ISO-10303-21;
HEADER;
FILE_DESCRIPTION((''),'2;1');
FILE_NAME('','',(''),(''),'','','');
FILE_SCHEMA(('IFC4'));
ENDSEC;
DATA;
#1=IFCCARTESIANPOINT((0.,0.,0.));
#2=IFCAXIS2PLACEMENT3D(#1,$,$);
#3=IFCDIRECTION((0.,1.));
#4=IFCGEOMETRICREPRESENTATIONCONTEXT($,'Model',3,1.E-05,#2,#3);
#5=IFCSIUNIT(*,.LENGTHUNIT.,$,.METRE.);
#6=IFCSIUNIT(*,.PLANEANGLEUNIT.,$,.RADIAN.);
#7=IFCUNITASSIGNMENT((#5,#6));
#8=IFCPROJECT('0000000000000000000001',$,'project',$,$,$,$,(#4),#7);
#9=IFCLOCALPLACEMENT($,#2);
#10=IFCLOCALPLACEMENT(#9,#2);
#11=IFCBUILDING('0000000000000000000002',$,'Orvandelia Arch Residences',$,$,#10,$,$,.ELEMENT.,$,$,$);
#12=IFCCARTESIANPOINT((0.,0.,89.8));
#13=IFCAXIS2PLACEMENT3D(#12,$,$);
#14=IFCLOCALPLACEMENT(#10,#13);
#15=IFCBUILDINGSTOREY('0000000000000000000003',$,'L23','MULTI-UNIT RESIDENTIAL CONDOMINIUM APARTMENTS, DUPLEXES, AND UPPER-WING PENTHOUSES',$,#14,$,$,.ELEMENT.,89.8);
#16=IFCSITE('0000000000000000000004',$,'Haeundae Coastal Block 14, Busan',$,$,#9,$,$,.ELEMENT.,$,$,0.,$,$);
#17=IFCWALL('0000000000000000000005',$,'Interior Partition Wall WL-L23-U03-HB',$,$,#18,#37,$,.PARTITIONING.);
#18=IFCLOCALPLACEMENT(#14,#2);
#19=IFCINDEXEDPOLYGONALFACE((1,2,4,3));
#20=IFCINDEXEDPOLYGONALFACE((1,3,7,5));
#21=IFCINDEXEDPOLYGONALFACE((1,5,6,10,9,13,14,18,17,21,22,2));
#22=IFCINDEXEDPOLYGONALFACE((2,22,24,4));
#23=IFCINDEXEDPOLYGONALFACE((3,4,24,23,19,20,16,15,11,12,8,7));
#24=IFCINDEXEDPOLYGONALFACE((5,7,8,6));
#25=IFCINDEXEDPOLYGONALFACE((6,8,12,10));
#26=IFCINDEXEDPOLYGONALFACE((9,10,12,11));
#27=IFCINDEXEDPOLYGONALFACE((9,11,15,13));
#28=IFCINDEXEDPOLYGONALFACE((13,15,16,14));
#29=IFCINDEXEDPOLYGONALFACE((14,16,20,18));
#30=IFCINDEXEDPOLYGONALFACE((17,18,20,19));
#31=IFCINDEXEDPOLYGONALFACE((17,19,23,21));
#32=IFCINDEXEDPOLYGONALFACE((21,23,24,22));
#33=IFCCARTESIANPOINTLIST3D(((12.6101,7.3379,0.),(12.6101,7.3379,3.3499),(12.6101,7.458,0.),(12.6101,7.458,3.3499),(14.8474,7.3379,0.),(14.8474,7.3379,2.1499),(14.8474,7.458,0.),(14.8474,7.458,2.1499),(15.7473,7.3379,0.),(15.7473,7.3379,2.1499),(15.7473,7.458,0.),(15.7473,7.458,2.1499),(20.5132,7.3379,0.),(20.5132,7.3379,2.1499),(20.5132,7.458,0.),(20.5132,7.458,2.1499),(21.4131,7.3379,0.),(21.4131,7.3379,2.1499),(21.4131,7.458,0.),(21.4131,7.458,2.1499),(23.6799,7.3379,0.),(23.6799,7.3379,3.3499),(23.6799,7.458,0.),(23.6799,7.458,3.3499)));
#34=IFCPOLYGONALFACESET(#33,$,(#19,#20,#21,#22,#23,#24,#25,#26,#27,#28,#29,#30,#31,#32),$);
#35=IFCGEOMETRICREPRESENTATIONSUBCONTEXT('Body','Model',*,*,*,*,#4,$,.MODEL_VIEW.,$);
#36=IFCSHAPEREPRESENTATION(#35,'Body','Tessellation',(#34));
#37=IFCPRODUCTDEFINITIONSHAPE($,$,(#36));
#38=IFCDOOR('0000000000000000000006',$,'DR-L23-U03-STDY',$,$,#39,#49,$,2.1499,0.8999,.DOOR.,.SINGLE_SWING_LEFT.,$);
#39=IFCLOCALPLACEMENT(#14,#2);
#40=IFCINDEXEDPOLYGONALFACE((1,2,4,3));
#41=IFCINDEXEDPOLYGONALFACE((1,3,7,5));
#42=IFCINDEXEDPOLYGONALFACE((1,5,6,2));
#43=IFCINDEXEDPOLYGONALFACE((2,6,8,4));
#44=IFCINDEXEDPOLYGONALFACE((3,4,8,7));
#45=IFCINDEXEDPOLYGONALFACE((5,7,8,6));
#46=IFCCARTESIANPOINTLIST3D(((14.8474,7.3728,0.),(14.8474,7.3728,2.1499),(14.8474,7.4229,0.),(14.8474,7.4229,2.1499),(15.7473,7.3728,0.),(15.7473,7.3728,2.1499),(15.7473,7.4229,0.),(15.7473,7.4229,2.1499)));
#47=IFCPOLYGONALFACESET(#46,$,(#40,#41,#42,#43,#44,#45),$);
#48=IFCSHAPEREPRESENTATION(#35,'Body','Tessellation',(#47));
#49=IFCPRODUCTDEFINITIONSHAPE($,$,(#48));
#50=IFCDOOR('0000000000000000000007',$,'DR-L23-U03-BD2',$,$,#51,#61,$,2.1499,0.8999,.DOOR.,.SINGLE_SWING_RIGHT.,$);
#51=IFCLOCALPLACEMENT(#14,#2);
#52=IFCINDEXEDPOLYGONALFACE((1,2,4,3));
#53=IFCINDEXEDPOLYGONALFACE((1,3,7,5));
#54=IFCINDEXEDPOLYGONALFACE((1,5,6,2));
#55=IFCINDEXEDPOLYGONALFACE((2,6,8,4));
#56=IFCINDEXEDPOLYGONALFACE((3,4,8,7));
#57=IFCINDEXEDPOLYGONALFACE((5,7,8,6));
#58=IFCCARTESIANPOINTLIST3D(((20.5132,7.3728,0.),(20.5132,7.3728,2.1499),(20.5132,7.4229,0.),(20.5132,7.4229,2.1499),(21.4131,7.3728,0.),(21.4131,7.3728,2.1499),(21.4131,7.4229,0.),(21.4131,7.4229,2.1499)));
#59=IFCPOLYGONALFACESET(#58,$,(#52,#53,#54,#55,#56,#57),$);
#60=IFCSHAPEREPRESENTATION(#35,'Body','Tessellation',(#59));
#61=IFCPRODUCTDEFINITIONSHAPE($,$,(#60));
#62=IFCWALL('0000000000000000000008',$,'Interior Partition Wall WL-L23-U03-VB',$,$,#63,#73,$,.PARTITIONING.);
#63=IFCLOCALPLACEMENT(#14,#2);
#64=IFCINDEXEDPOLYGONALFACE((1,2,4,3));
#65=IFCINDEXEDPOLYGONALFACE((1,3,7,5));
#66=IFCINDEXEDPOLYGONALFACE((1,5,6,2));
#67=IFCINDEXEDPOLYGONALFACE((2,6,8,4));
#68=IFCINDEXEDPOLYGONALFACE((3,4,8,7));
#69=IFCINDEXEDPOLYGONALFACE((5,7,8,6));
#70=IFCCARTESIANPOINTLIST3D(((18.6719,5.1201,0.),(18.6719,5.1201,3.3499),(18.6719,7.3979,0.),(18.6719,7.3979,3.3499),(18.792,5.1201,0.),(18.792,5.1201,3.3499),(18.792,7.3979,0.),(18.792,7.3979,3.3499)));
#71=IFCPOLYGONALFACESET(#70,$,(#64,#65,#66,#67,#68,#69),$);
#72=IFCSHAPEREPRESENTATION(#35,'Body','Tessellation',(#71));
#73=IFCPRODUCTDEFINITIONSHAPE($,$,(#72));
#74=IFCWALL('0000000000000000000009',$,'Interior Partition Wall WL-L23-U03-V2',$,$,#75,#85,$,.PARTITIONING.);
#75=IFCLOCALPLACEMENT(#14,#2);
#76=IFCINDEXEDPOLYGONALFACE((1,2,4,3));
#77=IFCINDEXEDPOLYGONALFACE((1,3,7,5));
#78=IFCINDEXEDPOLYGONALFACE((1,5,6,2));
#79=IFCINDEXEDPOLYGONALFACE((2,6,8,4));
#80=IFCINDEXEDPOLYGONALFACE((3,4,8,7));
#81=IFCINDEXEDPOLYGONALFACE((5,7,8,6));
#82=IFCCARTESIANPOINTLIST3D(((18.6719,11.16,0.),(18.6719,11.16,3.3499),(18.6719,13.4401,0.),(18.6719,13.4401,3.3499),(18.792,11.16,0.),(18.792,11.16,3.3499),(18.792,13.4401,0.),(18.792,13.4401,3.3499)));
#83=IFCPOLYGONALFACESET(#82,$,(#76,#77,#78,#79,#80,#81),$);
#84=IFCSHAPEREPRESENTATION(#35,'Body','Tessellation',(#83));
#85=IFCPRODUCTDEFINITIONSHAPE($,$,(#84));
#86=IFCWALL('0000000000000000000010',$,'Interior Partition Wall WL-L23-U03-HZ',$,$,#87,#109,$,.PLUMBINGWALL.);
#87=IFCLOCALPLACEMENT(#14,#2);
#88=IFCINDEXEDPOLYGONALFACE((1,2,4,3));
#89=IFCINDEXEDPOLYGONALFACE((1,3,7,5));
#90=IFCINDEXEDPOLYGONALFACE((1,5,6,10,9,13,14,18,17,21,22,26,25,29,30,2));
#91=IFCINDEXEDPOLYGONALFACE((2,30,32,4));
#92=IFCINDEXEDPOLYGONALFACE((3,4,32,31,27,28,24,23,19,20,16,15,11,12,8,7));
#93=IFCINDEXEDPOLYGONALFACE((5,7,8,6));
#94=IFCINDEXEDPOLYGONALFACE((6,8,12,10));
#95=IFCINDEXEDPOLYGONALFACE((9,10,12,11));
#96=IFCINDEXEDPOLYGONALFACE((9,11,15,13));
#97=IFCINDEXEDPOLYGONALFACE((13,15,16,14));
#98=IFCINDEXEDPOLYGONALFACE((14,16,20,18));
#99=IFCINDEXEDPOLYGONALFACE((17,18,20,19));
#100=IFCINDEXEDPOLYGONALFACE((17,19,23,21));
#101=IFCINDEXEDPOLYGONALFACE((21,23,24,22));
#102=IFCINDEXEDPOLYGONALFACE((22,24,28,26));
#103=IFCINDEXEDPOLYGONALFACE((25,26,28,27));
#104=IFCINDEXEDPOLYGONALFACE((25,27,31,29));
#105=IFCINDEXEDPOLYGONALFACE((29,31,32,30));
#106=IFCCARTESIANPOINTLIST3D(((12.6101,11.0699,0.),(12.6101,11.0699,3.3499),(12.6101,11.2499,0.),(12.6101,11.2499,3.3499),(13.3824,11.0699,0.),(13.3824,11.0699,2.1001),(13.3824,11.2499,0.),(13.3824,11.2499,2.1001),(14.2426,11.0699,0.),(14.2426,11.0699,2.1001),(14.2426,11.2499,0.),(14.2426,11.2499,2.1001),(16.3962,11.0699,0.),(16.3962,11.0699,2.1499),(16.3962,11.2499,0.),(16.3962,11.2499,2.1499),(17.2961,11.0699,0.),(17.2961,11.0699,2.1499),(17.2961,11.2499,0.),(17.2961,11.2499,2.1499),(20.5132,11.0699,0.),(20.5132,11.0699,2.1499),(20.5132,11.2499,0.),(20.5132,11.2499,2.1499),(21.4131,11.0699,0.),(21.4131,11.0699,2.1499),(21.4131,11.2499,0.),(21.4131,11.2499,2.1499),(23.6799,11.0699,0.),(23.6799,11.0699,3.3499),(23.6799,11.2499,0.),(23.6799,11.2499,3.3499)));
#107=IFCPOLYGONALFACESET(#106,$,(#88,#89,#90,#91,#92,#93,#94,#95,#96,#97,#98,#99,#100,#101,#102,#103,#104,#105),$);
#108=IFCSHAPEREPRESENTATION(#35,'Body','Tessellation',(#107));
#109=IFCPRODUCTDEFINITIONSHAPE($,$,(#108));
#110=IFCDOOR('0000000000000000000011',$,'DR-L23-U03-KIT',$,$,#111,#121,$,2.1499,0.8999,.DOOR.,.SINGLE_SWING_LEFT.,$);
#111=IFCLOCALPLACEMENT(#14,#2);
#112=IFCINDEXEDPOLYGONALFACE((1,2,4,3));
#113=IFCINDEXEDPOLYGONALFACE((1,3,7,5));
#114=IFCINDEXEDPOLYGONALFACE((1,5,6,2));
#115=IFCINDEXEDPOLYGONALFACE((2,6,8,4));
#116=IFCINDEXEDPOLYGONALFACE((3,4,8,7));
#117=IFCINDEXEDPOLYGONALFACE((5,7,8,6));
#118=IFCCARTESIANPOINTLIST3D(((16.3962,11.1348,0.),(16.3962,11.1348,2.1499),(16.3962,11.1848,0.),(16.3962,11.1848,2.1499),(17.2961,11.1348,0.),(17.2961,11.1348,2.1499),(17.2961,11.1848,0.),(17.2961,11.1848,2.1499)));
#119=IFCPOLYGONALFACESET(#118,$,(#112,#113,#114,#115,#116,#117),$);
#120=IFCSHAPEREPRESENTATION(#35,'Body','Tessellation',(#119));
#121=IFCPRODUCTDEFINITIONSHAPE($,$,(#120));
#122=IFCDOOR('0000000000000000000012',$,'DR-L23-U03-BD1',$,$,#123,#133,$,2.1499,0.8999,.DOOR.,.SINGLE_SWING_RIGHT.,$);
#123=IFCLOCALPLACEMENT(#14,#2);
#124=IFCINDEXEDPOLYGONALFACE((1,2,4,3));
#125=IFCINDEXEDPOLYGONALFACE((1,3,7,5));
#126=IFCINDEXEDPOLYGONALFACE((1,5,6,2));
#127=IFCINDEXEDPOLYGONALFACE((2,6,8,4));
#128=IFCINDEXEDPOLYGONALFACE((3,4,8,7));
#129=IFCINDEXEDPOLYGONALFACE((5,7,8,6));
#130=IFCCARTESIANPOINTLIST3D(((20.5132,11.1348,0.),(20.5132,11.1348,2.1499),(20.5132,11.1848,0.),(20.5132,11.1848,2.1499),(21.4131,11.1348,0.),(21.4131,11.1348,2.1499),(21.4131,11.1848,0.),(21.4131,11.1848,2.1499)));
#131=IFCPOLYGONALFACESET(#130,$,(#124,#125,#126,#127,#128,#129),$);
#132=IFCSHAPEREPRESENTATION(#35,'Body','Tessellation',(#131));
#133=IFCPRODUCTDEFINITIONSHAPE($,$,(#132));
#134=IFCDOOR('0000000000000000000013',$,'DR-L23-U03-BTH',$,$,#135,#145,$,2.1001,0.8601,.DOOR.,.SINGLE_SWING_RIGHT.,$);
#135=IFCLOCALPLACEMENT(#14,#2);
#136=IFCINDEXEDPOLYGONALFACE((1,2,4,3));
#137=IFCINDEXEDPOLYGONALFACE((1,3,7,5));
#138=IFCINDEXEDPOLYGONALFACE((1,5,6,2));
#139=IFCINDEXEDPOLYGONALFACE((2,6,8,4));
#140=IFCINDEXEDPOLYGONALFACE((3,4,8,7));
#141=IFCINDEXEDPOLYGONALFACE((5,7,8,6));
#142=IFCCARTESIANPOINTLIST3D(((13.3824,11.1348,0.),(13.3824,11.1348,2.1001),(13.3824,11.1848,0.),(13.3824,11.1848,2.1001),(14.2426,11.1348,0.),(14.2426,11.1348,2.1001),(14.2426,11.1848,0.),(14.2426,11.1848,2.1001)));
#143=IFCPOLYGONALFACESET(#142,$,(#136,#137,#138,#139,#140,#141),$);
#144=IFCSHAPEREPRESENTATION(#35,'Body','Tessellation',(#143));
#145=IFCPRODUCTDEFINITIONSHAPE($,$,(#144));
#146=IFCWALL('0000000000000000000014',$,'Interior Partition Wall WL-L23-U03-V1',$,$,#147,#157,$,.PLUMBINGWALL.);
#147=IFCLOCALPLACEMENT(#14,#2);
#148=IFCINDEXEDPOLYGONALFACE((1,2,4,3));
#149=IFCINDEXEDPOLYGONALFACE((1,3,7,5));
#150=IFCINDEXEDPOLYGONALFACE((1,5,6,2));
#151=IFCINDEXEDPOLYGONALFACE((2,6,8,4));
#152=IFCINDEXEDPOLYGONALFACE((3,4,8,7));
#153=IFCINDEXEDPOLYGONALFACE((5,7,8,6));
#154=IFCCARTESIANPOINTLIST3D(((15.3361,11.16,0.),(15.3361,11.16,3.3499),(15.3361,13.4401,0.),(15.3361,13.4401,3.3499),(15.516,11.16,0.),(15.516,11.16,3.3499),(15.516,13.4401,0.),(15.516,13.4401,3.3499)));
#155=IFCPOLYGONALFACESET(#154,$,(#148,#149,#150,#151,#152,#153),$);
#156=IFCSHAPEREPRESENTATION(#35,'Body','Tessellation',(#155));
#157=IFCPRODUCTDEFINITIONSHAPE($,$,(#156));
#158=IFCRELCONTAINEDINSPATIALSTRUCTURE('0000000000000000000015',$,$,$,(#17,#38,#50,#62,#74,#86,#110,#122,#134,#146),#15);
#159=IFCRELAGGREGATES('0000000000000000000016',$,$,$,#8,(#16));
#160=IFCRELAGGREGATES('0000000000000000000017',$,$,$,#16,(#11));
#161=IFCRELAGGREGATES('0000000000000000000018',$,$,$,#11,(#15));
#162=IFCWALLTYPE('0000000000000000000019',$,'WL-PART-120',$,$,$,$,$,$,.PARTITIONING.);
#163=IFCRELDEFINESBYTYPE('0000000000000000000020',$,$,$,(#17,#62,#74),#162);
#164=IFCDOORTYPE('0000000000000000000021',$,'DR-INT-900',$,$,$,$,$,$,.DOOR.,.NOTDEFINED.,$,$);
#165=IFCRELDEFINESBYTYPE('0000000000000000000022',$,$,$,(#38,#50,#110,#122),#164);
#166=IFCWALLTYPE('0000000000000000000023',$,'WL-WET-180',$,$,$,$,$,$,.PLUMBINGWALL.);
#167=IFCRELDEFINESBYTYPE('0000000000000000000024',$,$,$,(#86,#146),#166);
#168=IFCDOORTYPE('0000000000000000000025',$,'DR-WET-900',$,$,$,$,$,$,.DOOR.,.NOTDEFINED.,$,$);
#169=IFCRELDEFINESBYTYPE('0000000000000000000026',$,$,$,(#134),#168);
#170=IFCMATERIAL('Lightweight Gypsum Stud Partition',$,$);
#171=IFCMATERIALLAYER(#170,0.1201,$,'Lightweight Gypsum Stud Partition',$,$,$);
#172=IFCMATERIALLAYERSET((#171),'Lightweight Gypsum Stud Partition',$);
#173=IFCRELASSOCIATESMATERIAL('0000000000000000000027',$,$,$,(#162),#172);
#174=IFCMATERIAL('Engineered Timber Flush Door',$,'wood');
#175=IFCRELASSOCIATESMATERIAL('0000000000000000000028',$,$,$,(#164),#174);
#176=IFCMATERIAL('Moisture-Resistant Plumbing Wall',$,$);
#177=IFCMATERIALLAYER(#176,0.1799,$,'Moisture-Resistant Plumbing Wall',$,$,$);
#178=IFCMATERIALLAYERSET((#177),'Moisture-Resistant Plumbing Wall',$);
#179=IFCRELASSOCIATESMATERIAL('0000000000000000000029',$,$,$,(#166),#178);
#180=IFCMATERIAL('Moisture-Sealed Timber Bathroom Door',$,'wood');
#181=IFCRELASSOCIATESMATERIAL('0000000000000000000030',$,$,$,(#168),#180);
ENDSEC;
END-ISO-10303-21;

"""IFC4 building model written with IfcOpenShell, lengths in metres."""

from ifc_helpers import new_model, si_unit, direction, frame, frame_2d, origin, place, context, subcontext, project, spatial, rectangle, extrude, material, layer, layer_set, type_object, element, fill, save


model = new_model("IFC4")

# Units and contexts
model_context = context("Model", 3, precision=1e-05, world=origin(), true_north=direction((0.0, 1.0)))
body_context = subcontext(model_context, "Body", "Model", "MODEL_VIEW")
ifc_project = project(units=[si_unit("LENGTHUNIT", "METRE"), si_unit("PLANEANGLEUNIT", "RADIAN")], contexts=[model_context])

# Site, building, storey
site_placement = place(None, origin())
site = spatial("IfcSite", under=ifc_project, at=site_placement, Name="Haeundae Coastal Block 14, Busan", CompositionType="ELEMENT", RefElevation=0.0)
building_placement = place(site_placement, origin())
building = spatial("IfcBuilding", under=site, at=building_placement, Name="Orvandelia Arch Residences", CompositionType="ELEMENT")
storey_placement = place(building_placement, frame((0.0, 0.0, 89.8)))
storey = spatial("IfcBuildingStorey", under=building, at=storey_placement, Name="L23", Description="MULTI-UNIT RESIDENTIAL CONDOMINIUM APARTMENTS, DUPLEXES, AND UPPER-WING PENTHOUSES", CompositionType="ELEMENT", Elevation=89.8)

# Wall, openings, doors
ifc_material_1 = material(Name="Lightweight Gypsum Stud Partition")
ifc_layer_1 = layer(ifc_material_1, 0.1201, Name="Lightweight Gypsum Stud Partition")
ifc_layer_set_1 = layer_set([ifc_layer_1], Name="Lightweight Gypsum Stud Partition")
wall_type_1 = type_object("IfcWallType", Name="WL-PART-120", PredefinedType="PARTITIONING", material=ifc_layer_set_1)
wall_1_placement = place(storey_placement, frame((12.6101, 7.3979, 0.0), z_axis=(0.0, 0.0, 1.0), x_axis=(1.0, 0.0, 0.0)))
wall_1 = element("IfcWall", 1, at=wall_1_placement, inside=storey, type_object=wall_type_1, Name="Interior Partition Wall WL-L23-U03-HB", PredefinedType="PARTITIONING", context=body_context, shape_type="SweptSolid", body=[
    extrude(rectangle(XDim=11.0698, YDim=0.1201, at=frame_2d((5.5349, 0.0))), origin(), (0.0, 0.0, 1.0), 3.3499),
])
opening_1_placement = place(wall_1_placement, frame((2.2373, 0.0, 0.0)))
opening_1 = element("IfcOpeningElement", 2, at=opening_1_placement, cuts=wall_1, PredefinedType="OPENING", context=body_context, shape_type="SweptSolid", body=[
    extrude(rectangle(XDim=0.8999, YDim=2.1499, at=frame_2d((0.45, 1.075))), frame((0.0, 0.0701, 0.0), z_axis=(0.0, -1.0, 0.0), x_axis=(1.0, 0.0, 0.0)), (0.0, 0.0, 1.0), 0.1401),
])
opening_2_placement = place(wall_1_placement, frame((7.9031, 0.0, 0.0)))
opening_2 = element("IfcOpeningElement", 3, at=opening_2_placement, cuts=wall_1, PredefinedType="OPENING", context=body_context, shape_type="SweptSolid", body=[
    extrude(rectangle(XDim=0.8999, YDim=2.1499, at=frame_2d((0.45, 1.075))), frame((0.0, 0.0701, 0.0), z_axis=(0.0, -1.0, 0.0), x_axis=(1.0, 0.0, 0.0)), (0.0, 0.0, 1.0), 0.1401),
])
ifc_material_2 = material(Name="Engineered Timber Flush Door", Category="wood")
door_type_1 = type_object("IfcDoorType", Name="DR-INT-900", OperationType="NOTDEFINED", PredefinedType="DOOR", material=ifc_material_2)
door_1_placement = place(opening_1_placement, origin())
door_1 = element("IfcDoor", 4, at=door_1_placement, inside=storey, type_object=door_type_1, Name="DR-L23-U03-STDY", OperationType="SINGLE_SWING_LEFT", OverallHeight=2.1499, OverallWidth=0.8999, PredefinedType="DOOR", context=body_context, shape_type="SweptSolid", body=[
    extrude(rectangle(XDim=0.8999, YDim=2.1499, at=frame_2d((0.45, 1.075))), frame((0.0, 0.0249, 0.0), z_axis=(0.0, -1.0, 0.0), x_axis=(1.0, 0.0, 0.0)), (0.0, 0.0, 1.0), 0.05),
])
fill(opening_1, door_1)
door_2_placement = place(opening_2_placement, origin())
door_2 = element("IfcDoor", 5, at=door_2_placement, inside=storey, type_object=door_type_1, Name="DR-L23-U03-BD2", OperationType="SINGLE_SWING_RIGHT", OverallHeight=2.1499, OverallWidth=0.8999, PredefinedType="DOOR", context=body_context, shape_type="SweptSolid", body=[
    extrude(rectangle(XDim=0.8999, YDim=2.1499, at=frame_2d((0.45, 1.075))), frame((0.0, 0.0249, 0.0), z_axis=(0.0, -1.0, 0.0), x_axis=(1.0, 0.0, 0.0)), (0.0, 0.0, 1.0), 0.05),
])
fill(opening_2, door_2)

# Walls
wall_2_placement = place(storey_placement, frame((18.7319, 5.1201, 0.0), z_axis=(0.0, 0.0, 1.0), x_axis=(0.0, 1.0, 0.0)))
element("IfcWall", 6, at=wall_2_placement, inside=storey, type_object=wall_type_1, Name="Interior Partition Wall WL-L23-U03-VB", PredefinedType="PARTITIONING", context=body_context, shape_type="SweptSolid", body=[
    extrude(rectangle(XDim=2.2778, YDim=0.1201, at=frame_2d((1.1389, 0.0))), origin(), (0.0, 0.0, 1.0), 3.3499),
])
wall_3_placement = place(storey_placement, frame((18.7319, 11.1599, 0.0), z_axis=(0.0, 0.0, 1.0), x_axis=(0.0, 1.0, 0.0)))
element("IfcWall", 7, at=wall_3_placement, inside=storey, type_object=wall_type_1, Name="Interior Partition Wall WL-L23-U03-V2", PredefinedType="PARTITIONING", context=body_context, shape_type="SweptSolid", body=[
    extrude(rectangle(XDim=2.28, YDim=0.1201, at=frame_2d((1.1401, 0.0))), origin(), (0.0, 0.0, 1.0), 3.3499),
])

# Wall, openings, doors
ifc_material_3 = material(Name="Moisture-Resistant Plumbing Wall")
ifc_layer_2 = layer(ifc_material_3, 0.1799, Name="Moisture-Resistant Plumbing Wall")
ifc_layer_set_2 = layer_set([ifc_layer_2], Name="Moisture-Resistant Plumbing Wall")
wall_type_2 = type_object("IfcWallType", Name="WL-WET-180", PredefinedType="PLUMBINGWALL", material=ifc_layer_set_2)
wall_4_placement = place(storey_placement, frame((12.6101, 11.1599, 0.0), z_axis=(0.0, 0.0, 1.0), x_axis=(1.0, 0.0, 0.0)))
wall_4 = element("IfcWall", 8, at=wall_4_placement, inside=storey, type_object=wall_type_2, Name="Interior Partition Wall WL-L23-U03-HZ", PredefinedType="PLUMBINGWALL", context=body_context, shape_type="SweptSolid", body=[
    extrude(rectangle(XDim=11.0698, YDim=0.1799, at=frame_2d((5.5349, 0.0))), origin(), (0.0, 0.0, 1.0), 3.3499),
])
opening_3_placement = place(wall_4_placement, frame((0.7722, 0.0, 0.0)))
opening_3 = element("IfcOpeningElement", 9, at=opening_3_placement, cuts=wall_4, PredefinedType="OPENING", context=body_context, shape_type="SweptSolid", body=[
    extrude(rectangle(XDim=0.8601, YDim=2.1001, at=frame_2d((0.4302, 1.05))), frame((0.0, 0.1001, 0.0), z_axis=(0.0, -1.0, 0.0), x_axis=(1.0, 0.0, 0.0)), (0.0, 0.0, 1.0), 0.2),
])
opening_4_placement = place(wall_4_placement, frame((3.7861, 0.0, 0.0)))
opening_4 = element("IfcOpeningElement", 10, at=opening_4_placement, cuts=wall_4, PredefinedType="OPENING", context=body_context, shape_type="SweptSolid", body=[
    extrude(rectangle(XDim=0.8999, YDim=2.1499, at=frame_2d((0.45, 1.075))), frame((0.0, 0.1001, 0.0), z_axis=(0.0, -1.0, 0.0), x_axis=(1.0, 0.0, 0.0)), (0.0, 0.0, 1.0), 0.2),
])
opening_5_placement = place(wall_4_placement, frame((7.9031, 0.0, 0.0)))
opening_5 = element("IfcOpeningElement", 11, at=opening_5_placement, cuts=wall_4, PredefinedType="OPENING", context=body_context, shape_type="SweptSolid", body=[
    extrude(rectangle(XDim=0.8999, YDim=2.1499, at=frame_2d((0.45, 1.075))), frame((0.0, 0.1001, 0.0), z_axis=(0.0, -1.0, 0.0), x_axis=(1.0, 0.0, 0.0)), (0.0, 0.0, 1.0), 0.2),
])
door_3_placement = place(opening_4_placement, origin())
door_3 = element("IfcDoor", 12, at=door_3_placement, inside=storey, type_object=door_type_1, Name="DR-L23-U03-KIT", OperationType="SINGLE_SWING_LEFT", OverallHeight=2.1499, OverallWidth=0.8999, PredefinedType="DOOR", context=body_context, shape_type="SweptSolid", body=[
    extrude(rectangle(XDim=0.8999, YDim=2.1499, at=frame_2d((0.45, 1.075))), frame((0.0, 0.0249, 0.0), z_axis=(0.0, -1.0, 0.0), x_axis=(1.0, 0.0, 0.0)), (0.0, 0.0, 1.0), 0.05),
])
fill(opening_4, door_3)
door_4_placement = place(opening_5_placement, origin())
door_4 = element("IfcDoor", 13, at=door_4_placement, inside=storey, type_object=door_type_1, Name="DR-L23-U03-BD1", OperationType="SINGLE_SWING_RIGHT", OverallHeight=2.1499, OverallWidth=0.8999, PredefinedType="DOOR", context=body_context, shape_type="SweptSolid", body=[
    extrude(rectangle(XDim=0.8999, YDim=2.1499, at=frame_2d((0.45, 1.075))), frame((0.0, 0.0249, 0.0), z_axis=(0.0, -1.0, 0.0), x_axis=(1.0, 0.0, 0.0)), (0.0, 0.0, 1.0), 0.05),
])
fill(opening_5, door_4)
ifc_material_4 = material(Name="Moisture-Sealed Timber Bathroom Door", Category="wood")
door_type_2 = type_object("IfcDoorType", Name="DR-WET-900", OperationType="NOTDEFINED", PredefinedType="DOOR", material=ifc_material_4)
door_5_placement = place(opening_3_placement, origin())
door_5 = element("IfcDoor", 14, at=door_5_placement, inside=storey, type_object=door_type_2, Name="DR-L23-U03-BTH", OperationType="SINGLE_SWING_RIGHT", OverallHeight=2.1001, OverallWidth=0.8601, PredefinedType="DOOR", context=body_context, shape_type="SweptSolid", body=[
    extrude(rectangle(XDim=0.8601, YDim=2.1001, at=frame_2d((0.4302, 1.05))), frame((0.0, 0.0249, 0.0), z_axis=(0.0, -1.0, 0.0), x_axis=(1.0, 0.0, 0.0)), (0.0, 0.0, 1.0), 0.05),
])
fill(opening_3, door_5)

# Wall
wall_5_placement = place(storey_placement, frame((15.426, 11.1599, 0.0), z_axis=(0.0, 0.0, 1.0), x_axis=(0.0, 1.0, 0.0)))
element("IfcWall", 15, at=wall_5_placement, inside=storey, type_object=wall_type_2, Name="Interior Partition Wall WL-L23-U03-V1", PredefinedType="PLUMBINGWALL", context=body_context, shape_type="SweptSolid", body=[
    extrude(rectangle(XDim=2.28, YDim=0.1799, at=frame_2d((1.1401, 0.0))), origin(), (0.0, 0.0, 1.0), 3.3499),
])

save(model, "model.ifc")
